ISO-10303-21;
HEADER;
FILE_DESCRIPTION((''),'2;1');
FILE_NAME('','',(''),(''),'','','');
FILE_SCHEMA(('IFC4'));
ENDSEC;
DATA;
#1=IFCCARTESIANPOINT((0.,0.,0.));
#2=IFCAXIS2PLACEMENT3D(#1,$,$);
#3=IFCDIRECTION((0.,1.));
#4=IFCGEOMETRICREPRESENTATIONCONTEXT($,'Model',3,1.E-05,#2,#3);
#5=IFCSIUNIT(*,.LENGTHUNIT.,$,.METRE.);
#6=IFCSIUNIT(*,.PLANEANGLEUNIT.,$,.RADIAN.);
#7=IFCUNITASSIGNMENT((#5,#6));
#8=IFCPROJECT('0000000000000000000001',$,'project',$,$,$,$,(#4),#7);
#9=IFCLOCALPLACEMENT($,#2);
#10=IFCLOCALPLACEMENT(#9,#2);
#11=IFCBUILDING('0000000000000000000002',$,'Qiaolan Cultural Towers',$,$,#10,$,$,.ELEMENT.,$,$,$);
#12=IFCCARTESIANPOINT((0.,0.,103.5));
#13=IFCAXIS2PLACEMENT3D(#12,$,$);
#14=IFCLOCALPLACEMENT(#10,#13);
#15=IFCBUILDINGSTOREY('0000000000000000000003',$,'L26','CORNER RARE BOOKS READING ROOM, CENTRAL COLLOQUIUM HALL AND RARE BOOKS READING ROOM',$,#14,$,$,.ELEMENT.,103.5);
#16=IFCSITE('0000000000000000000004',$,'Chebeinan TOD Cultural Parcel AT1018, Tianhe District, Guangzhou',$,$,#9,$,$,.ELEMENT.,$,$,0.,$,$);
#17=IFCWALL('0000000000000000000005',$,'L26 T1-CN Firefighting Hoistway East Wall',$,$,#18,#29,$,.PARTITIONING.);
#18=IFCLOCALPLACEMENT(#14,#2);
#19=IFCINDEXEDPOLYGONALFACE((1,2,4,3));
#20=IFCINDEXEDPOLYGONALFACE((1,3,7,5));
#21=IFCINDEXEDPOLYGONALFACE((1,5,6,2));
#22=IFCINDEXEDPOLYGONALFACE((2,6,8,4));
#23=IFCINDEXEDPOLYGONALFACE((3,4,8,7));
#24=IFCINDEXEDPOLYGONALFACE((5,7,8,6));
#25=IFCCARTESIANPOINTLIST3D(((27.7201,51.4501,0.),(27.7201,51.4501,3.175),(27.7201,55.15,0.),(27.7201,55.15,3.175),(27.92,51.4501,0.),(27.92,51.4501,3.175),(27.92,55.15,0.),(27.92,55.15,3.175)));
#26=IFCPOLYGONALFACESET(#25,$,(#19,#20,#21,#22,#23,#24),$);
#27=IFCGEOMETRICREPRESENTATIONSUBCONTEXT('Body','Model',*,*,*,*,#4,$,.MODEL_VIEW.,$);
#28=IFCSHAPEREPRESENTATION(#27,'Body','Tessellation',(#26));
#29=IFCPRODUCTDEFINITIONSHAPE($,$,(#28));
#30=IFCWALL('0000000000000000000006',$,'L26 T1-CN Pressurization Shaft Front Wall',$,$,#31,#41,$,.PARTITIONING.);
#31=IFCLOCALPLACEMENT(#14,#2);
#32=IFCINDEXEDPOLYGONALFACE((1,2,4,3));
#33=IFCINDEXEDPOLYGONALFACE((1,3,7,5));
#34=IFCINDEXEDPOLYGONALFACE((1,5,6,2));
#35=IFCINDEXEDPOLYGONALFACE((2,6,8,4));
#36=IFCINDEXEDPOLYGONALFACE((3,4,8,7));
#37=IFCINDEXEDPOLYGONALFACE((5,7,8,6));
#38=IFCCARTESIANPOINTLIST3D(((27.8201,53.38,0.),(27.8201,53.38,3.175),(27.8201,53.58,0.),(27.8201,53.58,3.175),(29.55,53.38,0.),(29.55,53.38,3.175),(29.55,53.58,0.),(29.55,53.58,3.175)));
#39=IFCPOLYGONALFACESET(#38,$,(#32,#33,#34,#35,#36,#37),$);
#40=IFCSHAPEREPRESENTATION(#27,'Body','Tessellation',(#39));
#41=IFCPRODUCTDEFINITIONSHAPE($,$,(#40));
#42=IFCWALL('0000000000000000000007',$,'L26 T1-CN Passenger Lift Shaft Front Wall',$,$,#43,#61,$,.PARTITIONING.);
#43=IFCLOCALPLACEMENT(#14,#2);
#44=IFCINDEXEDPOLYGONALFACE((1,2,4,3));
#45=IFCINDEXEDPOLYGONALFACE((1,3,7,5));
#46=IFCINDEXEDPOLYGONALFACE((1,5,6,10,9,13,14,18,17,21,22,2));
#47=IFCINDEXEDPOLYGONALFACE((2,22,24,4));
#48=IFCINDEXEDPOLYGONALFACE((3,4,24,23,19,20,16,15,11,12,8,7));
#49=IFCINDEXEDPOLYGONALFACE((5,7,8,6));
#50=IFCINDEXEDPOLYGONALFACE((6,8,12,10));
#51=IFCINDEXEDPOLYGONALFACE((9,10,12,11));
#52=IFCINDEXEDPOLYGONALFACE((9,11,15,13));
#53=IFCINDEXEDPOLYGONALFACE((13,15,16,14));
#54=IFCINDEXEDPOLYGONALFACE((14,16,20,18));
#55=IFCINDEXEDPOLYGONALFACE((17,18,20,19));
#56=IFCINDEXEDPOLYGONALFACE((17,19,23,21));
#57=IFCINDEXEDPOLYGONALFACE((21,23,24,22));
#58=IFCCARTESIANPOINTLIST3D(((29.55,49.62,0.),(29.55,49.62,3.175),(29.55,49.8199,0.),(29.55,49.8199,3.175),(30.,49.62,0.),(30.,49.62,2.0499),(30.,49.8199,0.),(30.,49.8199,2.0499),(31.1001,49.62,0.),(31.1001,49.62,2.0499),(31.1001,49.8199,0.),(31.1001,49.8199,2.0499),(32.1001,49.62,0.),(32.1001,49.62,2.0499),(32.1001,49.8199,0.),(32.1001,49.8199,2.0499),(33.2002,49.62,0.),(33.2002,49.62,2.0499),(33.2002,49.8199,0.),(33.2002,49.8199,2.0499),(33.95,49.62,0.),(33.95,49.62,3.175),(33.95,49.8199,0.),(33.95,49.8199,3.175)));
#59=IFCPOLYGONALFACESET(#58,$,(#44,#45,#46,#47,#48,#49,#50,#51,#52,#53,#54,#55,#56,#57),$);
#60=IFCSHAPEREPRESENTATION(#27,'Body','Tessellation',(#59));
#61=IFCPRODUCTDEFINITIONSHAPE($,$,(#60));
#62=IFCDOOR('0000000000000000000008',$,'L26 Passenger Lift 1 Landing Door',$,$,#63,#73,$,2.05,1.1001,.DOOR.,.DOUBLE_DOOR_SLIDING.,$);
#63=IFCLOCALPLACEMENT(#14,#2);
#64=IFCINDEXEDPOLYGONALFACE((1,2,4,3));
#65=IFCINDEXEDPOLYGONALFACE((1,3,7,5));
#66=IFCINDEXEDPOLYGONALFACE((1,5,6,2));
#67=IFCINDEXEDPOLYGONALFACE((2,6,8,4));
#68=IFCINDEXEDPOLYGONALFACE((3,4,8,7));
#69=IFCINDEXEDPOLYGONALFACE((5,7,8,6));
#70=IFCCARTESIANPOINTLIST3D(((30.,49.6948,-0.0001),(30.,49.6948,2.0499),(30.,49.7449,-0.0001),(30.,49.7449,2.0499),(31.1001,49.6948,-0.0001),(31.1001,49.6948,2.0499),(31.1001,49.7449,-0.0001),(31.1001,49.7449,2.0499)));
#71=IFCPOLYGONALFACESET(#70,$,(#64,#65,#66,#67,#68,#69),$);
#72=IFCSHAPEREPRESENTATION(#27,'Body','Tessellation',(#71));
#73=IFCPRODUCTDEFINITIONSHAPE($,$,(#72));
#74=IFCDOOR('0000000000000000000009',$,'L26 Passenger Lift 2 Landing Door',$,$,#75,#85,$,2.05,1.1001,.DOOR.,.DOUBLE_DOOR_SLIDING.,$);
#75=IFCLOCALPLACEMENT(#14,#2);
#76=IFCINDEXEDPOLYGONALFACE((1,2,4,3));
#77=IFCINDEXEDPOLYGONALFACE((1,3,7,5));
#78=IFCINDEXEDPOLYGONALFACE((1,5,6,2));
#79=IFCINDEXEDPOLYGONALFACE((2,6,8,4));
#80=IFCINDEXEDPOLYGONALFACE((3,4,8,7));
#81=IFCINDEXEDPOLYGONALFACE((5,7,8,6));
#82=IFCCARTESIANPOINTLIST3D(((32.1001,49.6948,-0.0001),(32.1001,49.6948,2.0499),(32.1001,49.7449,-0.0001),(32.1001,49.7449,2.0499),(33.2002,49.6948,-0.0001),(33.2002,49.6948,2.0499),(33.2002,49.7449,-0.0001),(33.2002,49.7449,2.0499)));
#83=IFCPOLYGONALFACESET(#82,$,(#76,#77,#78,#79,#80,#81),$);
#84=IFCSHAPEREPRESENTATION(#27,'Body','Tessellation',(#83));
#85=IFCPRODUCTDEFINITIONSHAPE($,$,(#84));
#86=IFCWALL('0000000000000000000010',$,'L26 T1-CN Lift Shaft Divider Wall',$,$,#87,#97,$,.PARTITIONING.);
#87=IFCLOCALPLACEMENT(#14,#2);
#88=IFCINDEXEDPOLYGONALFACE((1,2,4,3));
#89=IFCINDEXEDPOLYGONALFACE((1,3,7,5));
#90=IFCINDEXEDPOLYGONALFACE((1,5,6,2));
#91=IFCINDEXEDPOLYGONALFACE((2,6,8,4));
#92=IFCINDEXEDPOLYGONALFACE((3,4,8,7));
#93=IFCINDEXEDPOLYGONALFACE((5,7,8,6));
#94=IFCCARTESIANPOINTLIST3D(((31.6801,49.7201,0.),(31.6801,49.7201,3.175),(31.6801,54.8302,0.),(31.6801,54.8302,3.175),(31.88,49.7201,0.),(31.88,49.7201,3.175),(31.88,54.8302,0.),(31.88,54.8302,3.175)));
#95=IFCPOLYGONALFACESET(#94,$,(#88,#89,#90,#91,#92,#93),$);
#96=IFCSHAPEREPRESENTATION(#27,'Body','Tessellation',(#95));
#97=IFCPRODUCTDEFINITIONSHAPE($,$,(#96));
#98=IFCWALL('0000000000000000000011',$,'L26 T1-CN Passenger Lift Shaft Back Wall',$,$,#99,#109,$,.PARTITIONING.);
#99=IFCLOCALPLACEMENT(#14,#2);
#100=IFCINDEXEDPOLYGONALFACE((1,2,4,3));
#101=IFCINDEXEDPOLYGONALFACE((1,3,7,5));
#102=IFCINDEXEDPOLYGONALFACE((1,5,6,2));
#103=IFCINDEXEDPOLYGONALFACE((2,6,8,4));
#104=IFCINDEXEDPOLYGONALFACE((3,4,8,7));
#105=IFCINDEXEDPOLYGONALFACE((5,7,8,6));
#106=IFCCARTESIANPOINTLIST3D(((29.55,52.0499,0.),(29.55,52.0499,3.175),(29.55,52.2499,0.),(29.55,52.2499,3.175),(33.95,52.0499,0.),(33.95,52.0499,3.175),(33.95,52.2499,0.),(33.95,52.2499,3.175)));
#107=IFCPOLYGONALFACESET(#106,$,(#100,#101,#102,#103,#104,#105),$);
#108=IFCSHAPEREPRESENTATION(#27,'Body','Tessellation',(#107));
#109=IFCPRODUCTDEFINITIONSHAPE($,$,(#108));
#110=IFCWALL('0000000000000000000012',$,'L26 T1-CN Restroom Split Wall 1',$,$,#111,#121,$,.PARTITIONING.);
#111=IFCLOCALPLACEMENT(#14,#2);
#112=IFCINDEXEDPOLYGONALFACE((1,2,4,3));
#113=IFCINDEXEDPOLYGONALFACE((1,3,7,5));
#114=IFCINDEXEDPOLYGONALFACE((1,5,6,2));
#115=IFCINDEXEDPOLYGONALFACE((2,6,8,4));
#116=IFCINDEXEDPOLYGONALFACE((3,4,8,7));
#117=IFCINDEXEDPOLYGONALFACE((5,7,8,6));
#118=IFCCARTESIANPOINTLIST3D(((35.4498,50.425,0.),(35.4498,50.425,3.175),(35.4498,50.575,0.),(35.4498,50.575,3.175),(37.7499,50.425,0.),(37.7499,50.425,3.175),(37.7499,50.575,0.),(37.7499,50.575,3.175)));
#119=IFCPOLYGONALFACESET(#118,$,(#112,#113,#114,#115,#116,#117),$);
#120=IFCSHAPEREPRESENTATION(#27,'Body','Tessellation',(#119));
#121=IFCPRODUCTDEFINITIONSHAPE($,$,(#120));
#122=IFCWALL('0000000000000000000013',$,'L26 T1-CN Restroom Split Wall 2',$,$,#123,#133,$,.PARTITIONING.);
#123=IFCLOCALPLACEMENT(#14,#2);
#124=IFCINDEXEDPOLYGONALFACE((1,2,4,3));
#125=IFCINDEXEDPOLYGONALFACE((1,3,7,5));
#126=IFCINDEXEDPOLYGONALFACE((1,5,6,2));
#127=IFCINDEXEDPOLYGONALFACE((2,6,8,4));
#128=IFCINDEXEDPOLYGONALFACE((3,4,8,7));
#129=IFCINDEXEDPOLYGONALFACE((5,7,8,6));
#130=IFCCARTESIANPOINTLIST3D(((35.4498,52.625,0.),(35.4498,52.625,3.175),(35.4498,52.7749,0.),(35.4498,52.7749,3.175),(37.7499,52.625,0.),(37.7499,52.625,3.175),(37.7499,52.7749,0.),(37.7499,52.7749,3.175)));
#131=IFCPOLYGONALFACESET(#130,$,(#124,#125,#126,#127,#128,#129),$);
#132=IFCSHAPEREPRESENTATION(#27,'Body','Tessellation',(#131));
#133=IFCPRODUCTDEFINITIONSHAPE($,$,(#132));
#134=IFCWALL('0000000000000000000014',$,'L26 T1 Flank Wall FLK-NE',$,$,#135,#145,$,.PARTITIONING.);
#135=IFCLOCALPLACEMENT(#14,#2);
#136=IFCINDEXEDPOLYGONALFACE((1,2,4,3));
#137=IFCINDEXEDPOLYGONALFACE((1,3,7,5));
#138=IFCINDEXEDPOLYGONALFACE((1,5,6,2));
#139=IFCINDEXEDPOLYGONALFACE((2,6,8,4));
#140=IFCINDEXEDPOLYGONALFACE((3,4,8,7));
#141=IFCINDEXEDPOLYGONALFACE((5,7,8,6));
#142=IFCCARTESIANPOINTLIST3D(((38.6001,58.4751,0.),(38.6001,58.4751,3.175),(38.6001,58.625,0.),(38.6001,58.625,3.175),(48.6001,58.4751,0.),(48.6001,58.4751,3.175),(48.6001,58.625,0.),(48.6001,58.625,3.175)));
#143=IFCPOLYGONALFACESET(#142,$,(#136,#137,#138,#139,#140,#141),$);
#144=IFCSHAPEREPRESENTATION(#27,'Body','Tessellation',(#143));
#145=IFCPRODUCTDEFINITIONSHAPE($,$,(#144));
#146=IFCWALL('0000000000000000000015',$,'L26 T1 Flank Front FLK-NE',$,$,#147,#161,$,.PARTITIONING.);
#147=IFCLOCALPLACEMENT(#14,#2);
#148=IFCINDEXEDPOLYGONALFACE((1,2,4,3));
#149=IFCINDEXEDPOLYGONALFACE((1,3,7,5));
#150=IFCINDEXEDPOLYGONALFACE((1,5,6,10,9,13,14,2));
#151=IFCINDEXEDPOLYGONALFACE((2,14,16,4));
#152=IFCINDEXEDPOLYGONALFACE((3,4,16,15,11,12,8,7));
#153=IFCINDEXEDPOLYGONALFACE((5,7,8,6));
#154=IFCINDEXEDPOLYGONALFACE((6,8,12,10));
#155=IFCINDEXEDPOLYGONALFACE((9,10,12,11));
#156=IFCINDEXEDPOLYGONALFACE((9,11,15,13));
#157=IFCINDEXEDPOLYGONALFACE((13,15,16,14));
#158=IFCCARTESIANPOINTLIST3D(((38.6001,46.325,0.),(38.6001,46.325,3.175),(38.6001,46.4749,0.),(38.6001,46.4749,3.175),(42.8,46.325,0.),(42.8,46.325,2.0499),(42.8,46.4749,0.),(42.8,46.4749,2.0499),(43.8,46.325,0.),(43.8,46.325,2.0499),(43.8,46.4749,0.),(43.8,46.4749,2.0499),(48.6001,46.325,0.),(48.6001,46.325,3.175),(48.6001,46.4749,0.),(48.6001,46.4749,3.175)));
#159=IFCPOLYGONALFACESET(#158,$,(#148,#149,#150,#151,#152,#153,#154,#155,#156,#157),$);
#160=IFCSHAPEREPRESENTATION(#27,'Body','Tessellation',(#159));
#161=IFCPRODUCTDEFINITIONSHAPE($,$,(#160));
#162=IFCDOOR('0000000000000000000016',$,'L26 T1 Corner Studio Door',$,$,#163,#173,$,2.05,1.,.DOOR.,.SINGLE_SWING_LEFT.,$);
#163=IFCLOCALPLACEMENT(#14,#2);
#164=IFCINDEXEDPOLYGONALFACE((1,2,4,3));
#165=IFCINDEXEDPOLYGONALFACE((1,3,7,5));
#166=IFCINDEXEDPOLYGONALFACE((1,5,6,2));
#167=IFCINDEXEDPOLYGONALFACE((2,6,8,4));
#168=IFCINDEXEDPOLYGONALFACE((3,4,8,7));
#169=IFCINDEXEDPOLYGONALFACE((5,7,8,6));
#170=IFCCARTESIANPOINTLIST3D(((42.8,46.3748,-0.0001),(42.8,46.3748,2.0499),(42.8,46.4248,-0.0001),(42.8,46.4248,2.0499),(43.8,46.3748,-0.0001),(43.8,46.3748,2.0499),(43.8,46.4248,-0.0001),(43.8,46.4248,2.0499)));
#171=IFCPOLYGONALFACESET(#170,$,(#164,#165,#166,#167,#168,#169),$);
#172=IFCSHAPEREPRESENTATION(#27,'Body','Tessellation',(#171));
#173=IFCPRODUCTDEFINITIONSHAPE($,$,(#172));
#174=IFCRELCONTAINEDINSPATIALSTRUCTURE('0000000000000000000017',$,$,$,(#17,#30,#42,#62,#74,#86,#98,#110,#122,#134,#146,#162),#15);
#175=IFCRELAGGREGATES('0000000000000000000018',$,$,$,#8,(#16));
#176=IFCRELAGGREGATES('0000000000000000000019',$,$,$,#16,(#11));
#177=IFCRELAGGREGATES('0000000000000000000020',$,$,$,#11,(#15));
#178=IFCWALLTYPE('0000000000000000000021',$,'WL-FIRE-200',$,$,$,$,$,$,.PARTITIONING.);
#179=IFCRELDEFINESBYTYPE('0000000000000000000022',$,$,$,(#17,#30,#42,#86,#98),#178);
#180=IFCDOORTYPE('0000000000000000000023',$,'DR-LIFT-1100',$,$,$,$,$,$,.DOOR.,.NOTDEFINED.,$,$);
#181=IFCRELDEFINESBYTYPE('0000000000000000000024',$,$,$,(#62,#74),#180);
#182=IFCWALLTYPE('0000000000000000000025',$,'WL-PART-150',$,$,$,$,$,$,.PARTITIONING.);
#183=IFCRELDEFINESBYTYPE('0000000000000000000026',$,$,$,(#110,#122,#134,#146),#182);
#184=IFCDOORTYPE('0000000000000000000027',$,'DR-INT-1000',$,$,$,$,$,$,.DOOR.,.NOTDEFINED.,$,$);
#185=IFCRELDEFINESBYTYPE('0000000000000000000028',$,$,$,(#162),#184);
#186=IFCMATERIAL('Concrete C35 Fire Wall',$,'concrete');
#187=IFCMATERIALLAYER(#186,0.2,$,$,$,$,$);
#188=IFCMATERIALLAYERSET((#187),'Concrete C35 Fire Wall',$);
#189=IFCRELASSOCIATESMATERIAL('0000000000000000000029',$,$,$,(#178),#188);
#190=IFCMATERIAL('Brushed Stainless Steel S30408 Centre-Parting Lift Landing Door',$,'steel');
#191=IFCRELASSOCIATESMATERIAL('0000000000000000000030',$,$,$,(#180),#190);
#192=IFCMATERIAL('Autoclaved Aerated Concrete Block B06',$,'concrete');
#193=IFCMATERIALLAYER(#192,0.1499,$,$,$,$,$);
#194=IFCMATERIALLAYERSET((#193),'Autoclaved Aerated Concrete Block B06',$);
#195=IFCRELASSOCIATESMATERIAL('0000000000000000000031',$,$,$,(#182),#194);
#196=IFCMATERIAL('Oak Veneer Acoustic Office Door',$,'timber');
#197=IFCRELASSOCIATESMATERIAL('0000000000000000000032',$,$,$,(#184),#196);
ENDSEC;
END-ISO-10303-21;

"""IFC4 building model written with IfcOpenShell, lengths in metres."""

from ifc_helpers import new_model, si_unit, direction, frame, frame_2d, origin, place, context, subcontext, project, spatial, rectangle, extrude, material, layer, layer_set, type_object, element, fill, save


model = new_model("IFC4")

# Units and contexts
model_context = context("Model", 3, precision=1e-05, world=origin(), true_north=direction((0.0, 1.0)))
body_context = subcontext(model_context, "Body", "Model", "MODEL_VIEW")
ifc_project = project(units=[si_unit("LENGTHUNIT", "METRE"), si_unit("PLANEANGLEUNIT", "RADIAN")], contexts=[model_context])

# Site, building, storey
site_placement = place(None, origin())
site = spatial("IfcSite", under=ifc_project, at=site_placement, Name="Chebeinan TOD Cultural Parcel AT1018, Tianhe District, Guangzhou", CompositionType="ELEMENT", RefElevation=0.0)
building_placement = place(site_placement, origin())
building = spatial("IfcBuilding", under=site, at=building_placement, Name="Qiaolan Cultural Towers", CompositionType="ELEMENT")
storey_placement = place(building_placement, frame((0.0, 0.0, 103.5)))
storey = spatial("IfcBuildingStorey", under=building, at=storey_placement, Name="L26", Description="CORNER RARE BOOKS READING ROOM, CENTRAL COLLOQUIUM HALL AND RARE BOOKS READING ROOM", CompositionType="ELEMENT", Elevation=103.5)

# Shared definitions
ifc_material_1 = material(Name="Concrete C35 Fire Wall", Category="concrete")
ifc_layer_1 = layer(ifc_material_1, 0.2)
ifc_layer_set_1 = layer_set([ifc_layer_1], Name="Concrete C35 Fire Wall")
wall_type_1 = type_object("IfcWallType", Name="WL-FIRE-200", PredefinedType="PARTITIONING", material=ifc_layer_set_1)
ifc_material_2 = material(Name="Brushed Stainless Steel S30408 Centre-Parting Lift Landing Door", Category="steel")
door_type_1 = type_object("IfcDoorType", Name="DR-LIFT-1100", OperationType="NOTDEFINED", PredefinedType="DOOR", material=ifc_material_2)

# Walls
wall_1_placement = place(storey_placement, frame((27.8201, 51.45, 0.0), z_axis=(0.0, 0.0, 1.0), x_axis=(0.0, 1.0, 0.0)))
element("IfcWall", 1, at=wall_1_placement, inside=storey, type_object=wall_type_1, Name="L26 T1-CN Firefighting Hoistway East Wall", PredefinedType="PARTITIONING", context=body_context, shape_type="SweptSolid", body=[
    extrude(rectangle(XDim=3.7, YDim=0.2, at=frame_2d((1.8501, 0.0))), origin(), (0.0, 0.0, 1.0), 3.175),
])
wall_2_placement = place(storey_placement, frame((27.8201, 53.48, 0.0), z_axis=(0.0, 0.0, 1.0), x_axis=(1.0, 0.0, 0.0)))
element("IfcWall", 2, at=wall_2_placement, inside=storey, type_object=wall_type_1, Name="L26 T1-CN Pressurization Shaft Front Wall", PredefinedType="PARTITIONING", context=body_context, shape_type="SweptSolid", body=[
    extrude(rectangle(XDim=1.73, YDim=0.2, at=frame_2d((0.865, 0.0))), origin(), (0.0, 0.0, 1.0), 3.175),
])

# Wall, openings, doors
wall_3_placement = place(storey_placement, frame((29.55, 49.72, 0.0), z_axis=(0.0, 0.0, 1.0), x_axis=(1.0, 0.0, 0.0)))
wall_3 = element("IfcWall", 3, at=wall_3_placement, inside=storey, type_object=wall_type_1, Name="L26 T1-CN Passenger Lift Shaft Front Wall", PredefinedType="PARTITIONING", context=body_context, shape_type="SweptSolid", body=[
    extrude(rectangle(XDim=4.3999, YDim=0.2, at=frame_2d((2.2, 0.0))), origin(), (0.0, 0.0, 1.0), 3.175),
])
opening_1_placement = place(wall_3_placement, frame((0.45, 0.0, 0.0)))
opening_1 = element("IfcOpeningElement", 4, at=opening_1_placement, cuts=wall_3, PredefinedType="OPENING", context=body_context, shape_type="SweptSolid", body=[
    extrude(rectangle(XDim=1.1001, YDim=2.05, at=frame_2d((0.55, 1.0249))), frame((0.0, 0.1099, 0.0), z_axis=(0.0, -1.0, 0.0), x_axis=(1.0, 0.0, 0.0)), (0.0, 0.0, 1.0), 0.22),
])
opening_2_placement = place(wall_3_placement, frame((2.55, 0.0, 0.0)))
opening_2 = element("IfcOpeningElement", 5, at=opening_2_placement, cuts=wall_3, PredefinedType="OPENING", context=body_context, shape_type="SweptSolid", body=[
    extrude(rectangle(XDim=1.1001, YDim=2.05, at=frame_2d((0.55, 1.0249))), frame((0.0, 0.1099, 0.0), z_axis=(0.0, -1.0, 0.0), x_axis=(1.0, 0.0, 0.0)), (0.0, 0.0, 1.0), 0.22),
])
door_1_placement = place(opening_1_placement, origin())
door_1 = element("IfcDoor", 6, at=door_1_placement, inside=storey, type_object=door_type_1, Name="L26 Passenger Lift 1 Landing Door", OperationType="DOUBLE_DOOR_SLIDING", OverallHeight=2.05, OverallWidth=1.1001, PredefinedType="DOOR", context=body_context, shape_type="SweptSolid", body=[
    extrude(rectangle(XDim=1.1001, YDim=2.05, at=frame_2d((0.55, 1.0249))), frame((0.0, 0.0249, 0.0), z_axis=(0.0, -1.0, 0.0), x_axis=(1.0, 0.0, 0.0)), (0.0, 0.0, 1.0), 0.05),
])
fill(opening_1, door_1)
door_2_placement = place(opening_2_placement, origin())
door_2 = element("IfcDoor", 7, at=door_2_placement, inside=storey, type_object=door_type_1, Name="L26 Passenger Lift 2 Landing Door", OperationType="DOUBLE_DOOR_SLIDING", OverallHeight=2.05, OverallWidth=1.1001, PredefinedType="DOOR", context=body_context, shape_type="SweptSolid", body=[
    extrude(rectangle(XDim=1.1001, YDim=2.05, at=frame_2d((0.55, 1.0249))), frame((0.0, 0.0249, 0.0), z_axis=(0.0, -1.0, 0.0), x_axis=(1.0, 0.0, 0.0)), (0.0, 0.0, 1.0), 0.05),
])
fill(opening_2, door_2)

# Walls
wall_4_placement = place(storey_placement, frame((31.78, 49.72, 0.0), z_axis=(0.0, 0.0, 1.0), x_axis=(0.0, 1.0, 0.0)))
element("IfcWall", 8, at=wall_4_placement, inside=storey, type_object=wall_type_1, Name="L26 T1-CN Lift Shaft Divider Wall", PredefinedType="PARTITIONING", context=body_context, shape_type="SweptSolid", body=[
    extrude(rectangle(XDim=5.1101, YDim=0.2, at=frame_2d((2.5552, 0.0))), origin(), (0.0, 0.0, 1.0), 3.175),
])
wall_5_placement = place(storey_placement, frame((29.55, 52.1499, 0.0), z_axis=(0.0, 0.0, 1.0), x_axis=(1.0, 0.0, 0.0)))
element("IfcWall", 9, at=wall_5_placement, inside=storey, type_object=wall_type_1, Name="L26 T1-CN Passenger Lift Shaft Back Wall", PredefinedType="PARTITIONING", context=body_context, shape_type="SweptSolid", body=[
    extrude(rectangle(XDim=4.3999, YDim=0.2, at=frame_2d((2.2, 0.0))), origin(), (0.0, 0.0, 1.0), 3.175),
])
ifc_material_3 = material(Name="Autoclaved Aerated Concrete Block B06", Category="concrete")
ifc_layer_2 = layer(ifc_material_3, 0.1499)
ifc_layer_set_2 = layer_set([ifc_layer_2], Name="Autoclaved Aerated Concrete Block B06")
wall_type_2 = type_object("IfcWallType", Name="WL-PART-150", PredefinedType="PARTITIONING", material=ifc_layer_set_2)
for number, where, z_axis, x_axis, name in (
    (10, (35.45, 50.5, 0.0), (0.0, 0.0, 1.0), (1.0, 0.0, 0.0), "L26 T1-CN Restroom Split Wall 1"),
    (11, (35.45, 52.7, 0.0), (0.0, 0.0, 1.0), (1.0, 0.0, 0.0), "L26 T1-CN Restroom Split Wall 2"),
):
    element("IfcWall", number, at=place(storey_placement, frame(where, z_axis=z_axis, x_axis=x_axis)), inside=storey, type_object=wall_type_2, Name=name, PredefinedType="PARTITIONING", context=body_context, shape_type="SweptSolid", body=[
        extrude(rectangle(XDim=2.3, YDim=0.1499, at=frame_2d((1.1499, 0.0))), origin(), (0.0, 0.0, 1.0), 3.175),
    ])
wall_6_placement = place(storey_placement, frame((38.6001, 58.55, 0.0), z_axis=(0.0, 0.0, 1.0), x_axis=(1.0, 0.0, 0.0)))
element("IfcWall", 12, at=wall_6_placement, inside=storey, type_object=wall_type_2, Name="L26 T1 Flank Wall FLK-NE", PredefinedType="PARTITIONING", context=body_context, shape_type="SweptSolid", body=[
    extrude(rectangle(XDim=10.0, YDim=0.1499, at=frame_2d((5.0, 0.0))), origin(), (0.0, 0.0, 1.0), 3.175),
])

# Wall, opening, door
wall_7_placement = place(storey_placement, frame((38.6001, 46.3999, 0.0), z_axis=(0.0, 0.0, 1.0), x_axis=(1.0, 0.0, 0.0)))
wall_7 = element("IfcWall", 13, at=wall_7_placement, inside=storey, type_object=wall_type_2, Name="L26 T1 Flank Front FLK-NE", PredefinedType="PARTITIONING", context=body_context, shape_type="SweptSolid", body=[
    extrude(rectangle(XDim=10.0, YDim=0.1499, at=frame_2d((5.0, 0.0))), origin(), (0.0, 0.0, 1.0), 3.175),
])
opening_3_placement = place(wall_7_placement, frame((4.2, 0.0, 0.0)))
opening_3 = element("IfcOpeningElement", 14, at=opening_3_placement, cuts=wall_7, PredefinedType="OPENING", context=body_context, shape_type="SweptSolid", body=[
    extrude(rectangle(XDim=1.0, YDim=2.05, at=frame_2d((0.5, 1.0249))), frame((0.0, 0.085, 0.0), z_axis=(0.0, -1.0, 0.0), x_axis=(1.0, 0.0, 0.0)), (0.0, 0.0, 1.0), 0.1699),
])
ifc_material_4 = material(Name="Oak Veneer Acoustic Office Door", Category="timber")
door_type_2 = type_object("IfcDoorType", Name="DR-INT-1000", OperationType="NOTDEFINED", PredefinedType="DOOR", material=ifc_material_4)
door_3_placement = place(opening_3_placement, origin())
door_3 = element("IfcDoor", 15, at=door_3_placement, inside=storey, type_object=door_type_2, Name="L26 T1 Corner Studio Door", OperationType="SINGLE_SWING_LEFT", OverallHeight=2.05, OverallWidth=1.0, PredefinedType="DOOR", context=body_context, shape_type="SweptSolid", body=[
    extrude(rectangle(XDim=1.0, YDim=2.05, at=frame_2d((0.5, 1.0249))), frame((0.0, 0.0249, 0.0), z_axis=(0.0, -1.0, 0.0), x_axis=(1.0, 0.0, 0.0)), (0.0, 0.0, 1.0), 0.05),
])
fill(opening_3, door_3)

save(model, "model.ifc")
